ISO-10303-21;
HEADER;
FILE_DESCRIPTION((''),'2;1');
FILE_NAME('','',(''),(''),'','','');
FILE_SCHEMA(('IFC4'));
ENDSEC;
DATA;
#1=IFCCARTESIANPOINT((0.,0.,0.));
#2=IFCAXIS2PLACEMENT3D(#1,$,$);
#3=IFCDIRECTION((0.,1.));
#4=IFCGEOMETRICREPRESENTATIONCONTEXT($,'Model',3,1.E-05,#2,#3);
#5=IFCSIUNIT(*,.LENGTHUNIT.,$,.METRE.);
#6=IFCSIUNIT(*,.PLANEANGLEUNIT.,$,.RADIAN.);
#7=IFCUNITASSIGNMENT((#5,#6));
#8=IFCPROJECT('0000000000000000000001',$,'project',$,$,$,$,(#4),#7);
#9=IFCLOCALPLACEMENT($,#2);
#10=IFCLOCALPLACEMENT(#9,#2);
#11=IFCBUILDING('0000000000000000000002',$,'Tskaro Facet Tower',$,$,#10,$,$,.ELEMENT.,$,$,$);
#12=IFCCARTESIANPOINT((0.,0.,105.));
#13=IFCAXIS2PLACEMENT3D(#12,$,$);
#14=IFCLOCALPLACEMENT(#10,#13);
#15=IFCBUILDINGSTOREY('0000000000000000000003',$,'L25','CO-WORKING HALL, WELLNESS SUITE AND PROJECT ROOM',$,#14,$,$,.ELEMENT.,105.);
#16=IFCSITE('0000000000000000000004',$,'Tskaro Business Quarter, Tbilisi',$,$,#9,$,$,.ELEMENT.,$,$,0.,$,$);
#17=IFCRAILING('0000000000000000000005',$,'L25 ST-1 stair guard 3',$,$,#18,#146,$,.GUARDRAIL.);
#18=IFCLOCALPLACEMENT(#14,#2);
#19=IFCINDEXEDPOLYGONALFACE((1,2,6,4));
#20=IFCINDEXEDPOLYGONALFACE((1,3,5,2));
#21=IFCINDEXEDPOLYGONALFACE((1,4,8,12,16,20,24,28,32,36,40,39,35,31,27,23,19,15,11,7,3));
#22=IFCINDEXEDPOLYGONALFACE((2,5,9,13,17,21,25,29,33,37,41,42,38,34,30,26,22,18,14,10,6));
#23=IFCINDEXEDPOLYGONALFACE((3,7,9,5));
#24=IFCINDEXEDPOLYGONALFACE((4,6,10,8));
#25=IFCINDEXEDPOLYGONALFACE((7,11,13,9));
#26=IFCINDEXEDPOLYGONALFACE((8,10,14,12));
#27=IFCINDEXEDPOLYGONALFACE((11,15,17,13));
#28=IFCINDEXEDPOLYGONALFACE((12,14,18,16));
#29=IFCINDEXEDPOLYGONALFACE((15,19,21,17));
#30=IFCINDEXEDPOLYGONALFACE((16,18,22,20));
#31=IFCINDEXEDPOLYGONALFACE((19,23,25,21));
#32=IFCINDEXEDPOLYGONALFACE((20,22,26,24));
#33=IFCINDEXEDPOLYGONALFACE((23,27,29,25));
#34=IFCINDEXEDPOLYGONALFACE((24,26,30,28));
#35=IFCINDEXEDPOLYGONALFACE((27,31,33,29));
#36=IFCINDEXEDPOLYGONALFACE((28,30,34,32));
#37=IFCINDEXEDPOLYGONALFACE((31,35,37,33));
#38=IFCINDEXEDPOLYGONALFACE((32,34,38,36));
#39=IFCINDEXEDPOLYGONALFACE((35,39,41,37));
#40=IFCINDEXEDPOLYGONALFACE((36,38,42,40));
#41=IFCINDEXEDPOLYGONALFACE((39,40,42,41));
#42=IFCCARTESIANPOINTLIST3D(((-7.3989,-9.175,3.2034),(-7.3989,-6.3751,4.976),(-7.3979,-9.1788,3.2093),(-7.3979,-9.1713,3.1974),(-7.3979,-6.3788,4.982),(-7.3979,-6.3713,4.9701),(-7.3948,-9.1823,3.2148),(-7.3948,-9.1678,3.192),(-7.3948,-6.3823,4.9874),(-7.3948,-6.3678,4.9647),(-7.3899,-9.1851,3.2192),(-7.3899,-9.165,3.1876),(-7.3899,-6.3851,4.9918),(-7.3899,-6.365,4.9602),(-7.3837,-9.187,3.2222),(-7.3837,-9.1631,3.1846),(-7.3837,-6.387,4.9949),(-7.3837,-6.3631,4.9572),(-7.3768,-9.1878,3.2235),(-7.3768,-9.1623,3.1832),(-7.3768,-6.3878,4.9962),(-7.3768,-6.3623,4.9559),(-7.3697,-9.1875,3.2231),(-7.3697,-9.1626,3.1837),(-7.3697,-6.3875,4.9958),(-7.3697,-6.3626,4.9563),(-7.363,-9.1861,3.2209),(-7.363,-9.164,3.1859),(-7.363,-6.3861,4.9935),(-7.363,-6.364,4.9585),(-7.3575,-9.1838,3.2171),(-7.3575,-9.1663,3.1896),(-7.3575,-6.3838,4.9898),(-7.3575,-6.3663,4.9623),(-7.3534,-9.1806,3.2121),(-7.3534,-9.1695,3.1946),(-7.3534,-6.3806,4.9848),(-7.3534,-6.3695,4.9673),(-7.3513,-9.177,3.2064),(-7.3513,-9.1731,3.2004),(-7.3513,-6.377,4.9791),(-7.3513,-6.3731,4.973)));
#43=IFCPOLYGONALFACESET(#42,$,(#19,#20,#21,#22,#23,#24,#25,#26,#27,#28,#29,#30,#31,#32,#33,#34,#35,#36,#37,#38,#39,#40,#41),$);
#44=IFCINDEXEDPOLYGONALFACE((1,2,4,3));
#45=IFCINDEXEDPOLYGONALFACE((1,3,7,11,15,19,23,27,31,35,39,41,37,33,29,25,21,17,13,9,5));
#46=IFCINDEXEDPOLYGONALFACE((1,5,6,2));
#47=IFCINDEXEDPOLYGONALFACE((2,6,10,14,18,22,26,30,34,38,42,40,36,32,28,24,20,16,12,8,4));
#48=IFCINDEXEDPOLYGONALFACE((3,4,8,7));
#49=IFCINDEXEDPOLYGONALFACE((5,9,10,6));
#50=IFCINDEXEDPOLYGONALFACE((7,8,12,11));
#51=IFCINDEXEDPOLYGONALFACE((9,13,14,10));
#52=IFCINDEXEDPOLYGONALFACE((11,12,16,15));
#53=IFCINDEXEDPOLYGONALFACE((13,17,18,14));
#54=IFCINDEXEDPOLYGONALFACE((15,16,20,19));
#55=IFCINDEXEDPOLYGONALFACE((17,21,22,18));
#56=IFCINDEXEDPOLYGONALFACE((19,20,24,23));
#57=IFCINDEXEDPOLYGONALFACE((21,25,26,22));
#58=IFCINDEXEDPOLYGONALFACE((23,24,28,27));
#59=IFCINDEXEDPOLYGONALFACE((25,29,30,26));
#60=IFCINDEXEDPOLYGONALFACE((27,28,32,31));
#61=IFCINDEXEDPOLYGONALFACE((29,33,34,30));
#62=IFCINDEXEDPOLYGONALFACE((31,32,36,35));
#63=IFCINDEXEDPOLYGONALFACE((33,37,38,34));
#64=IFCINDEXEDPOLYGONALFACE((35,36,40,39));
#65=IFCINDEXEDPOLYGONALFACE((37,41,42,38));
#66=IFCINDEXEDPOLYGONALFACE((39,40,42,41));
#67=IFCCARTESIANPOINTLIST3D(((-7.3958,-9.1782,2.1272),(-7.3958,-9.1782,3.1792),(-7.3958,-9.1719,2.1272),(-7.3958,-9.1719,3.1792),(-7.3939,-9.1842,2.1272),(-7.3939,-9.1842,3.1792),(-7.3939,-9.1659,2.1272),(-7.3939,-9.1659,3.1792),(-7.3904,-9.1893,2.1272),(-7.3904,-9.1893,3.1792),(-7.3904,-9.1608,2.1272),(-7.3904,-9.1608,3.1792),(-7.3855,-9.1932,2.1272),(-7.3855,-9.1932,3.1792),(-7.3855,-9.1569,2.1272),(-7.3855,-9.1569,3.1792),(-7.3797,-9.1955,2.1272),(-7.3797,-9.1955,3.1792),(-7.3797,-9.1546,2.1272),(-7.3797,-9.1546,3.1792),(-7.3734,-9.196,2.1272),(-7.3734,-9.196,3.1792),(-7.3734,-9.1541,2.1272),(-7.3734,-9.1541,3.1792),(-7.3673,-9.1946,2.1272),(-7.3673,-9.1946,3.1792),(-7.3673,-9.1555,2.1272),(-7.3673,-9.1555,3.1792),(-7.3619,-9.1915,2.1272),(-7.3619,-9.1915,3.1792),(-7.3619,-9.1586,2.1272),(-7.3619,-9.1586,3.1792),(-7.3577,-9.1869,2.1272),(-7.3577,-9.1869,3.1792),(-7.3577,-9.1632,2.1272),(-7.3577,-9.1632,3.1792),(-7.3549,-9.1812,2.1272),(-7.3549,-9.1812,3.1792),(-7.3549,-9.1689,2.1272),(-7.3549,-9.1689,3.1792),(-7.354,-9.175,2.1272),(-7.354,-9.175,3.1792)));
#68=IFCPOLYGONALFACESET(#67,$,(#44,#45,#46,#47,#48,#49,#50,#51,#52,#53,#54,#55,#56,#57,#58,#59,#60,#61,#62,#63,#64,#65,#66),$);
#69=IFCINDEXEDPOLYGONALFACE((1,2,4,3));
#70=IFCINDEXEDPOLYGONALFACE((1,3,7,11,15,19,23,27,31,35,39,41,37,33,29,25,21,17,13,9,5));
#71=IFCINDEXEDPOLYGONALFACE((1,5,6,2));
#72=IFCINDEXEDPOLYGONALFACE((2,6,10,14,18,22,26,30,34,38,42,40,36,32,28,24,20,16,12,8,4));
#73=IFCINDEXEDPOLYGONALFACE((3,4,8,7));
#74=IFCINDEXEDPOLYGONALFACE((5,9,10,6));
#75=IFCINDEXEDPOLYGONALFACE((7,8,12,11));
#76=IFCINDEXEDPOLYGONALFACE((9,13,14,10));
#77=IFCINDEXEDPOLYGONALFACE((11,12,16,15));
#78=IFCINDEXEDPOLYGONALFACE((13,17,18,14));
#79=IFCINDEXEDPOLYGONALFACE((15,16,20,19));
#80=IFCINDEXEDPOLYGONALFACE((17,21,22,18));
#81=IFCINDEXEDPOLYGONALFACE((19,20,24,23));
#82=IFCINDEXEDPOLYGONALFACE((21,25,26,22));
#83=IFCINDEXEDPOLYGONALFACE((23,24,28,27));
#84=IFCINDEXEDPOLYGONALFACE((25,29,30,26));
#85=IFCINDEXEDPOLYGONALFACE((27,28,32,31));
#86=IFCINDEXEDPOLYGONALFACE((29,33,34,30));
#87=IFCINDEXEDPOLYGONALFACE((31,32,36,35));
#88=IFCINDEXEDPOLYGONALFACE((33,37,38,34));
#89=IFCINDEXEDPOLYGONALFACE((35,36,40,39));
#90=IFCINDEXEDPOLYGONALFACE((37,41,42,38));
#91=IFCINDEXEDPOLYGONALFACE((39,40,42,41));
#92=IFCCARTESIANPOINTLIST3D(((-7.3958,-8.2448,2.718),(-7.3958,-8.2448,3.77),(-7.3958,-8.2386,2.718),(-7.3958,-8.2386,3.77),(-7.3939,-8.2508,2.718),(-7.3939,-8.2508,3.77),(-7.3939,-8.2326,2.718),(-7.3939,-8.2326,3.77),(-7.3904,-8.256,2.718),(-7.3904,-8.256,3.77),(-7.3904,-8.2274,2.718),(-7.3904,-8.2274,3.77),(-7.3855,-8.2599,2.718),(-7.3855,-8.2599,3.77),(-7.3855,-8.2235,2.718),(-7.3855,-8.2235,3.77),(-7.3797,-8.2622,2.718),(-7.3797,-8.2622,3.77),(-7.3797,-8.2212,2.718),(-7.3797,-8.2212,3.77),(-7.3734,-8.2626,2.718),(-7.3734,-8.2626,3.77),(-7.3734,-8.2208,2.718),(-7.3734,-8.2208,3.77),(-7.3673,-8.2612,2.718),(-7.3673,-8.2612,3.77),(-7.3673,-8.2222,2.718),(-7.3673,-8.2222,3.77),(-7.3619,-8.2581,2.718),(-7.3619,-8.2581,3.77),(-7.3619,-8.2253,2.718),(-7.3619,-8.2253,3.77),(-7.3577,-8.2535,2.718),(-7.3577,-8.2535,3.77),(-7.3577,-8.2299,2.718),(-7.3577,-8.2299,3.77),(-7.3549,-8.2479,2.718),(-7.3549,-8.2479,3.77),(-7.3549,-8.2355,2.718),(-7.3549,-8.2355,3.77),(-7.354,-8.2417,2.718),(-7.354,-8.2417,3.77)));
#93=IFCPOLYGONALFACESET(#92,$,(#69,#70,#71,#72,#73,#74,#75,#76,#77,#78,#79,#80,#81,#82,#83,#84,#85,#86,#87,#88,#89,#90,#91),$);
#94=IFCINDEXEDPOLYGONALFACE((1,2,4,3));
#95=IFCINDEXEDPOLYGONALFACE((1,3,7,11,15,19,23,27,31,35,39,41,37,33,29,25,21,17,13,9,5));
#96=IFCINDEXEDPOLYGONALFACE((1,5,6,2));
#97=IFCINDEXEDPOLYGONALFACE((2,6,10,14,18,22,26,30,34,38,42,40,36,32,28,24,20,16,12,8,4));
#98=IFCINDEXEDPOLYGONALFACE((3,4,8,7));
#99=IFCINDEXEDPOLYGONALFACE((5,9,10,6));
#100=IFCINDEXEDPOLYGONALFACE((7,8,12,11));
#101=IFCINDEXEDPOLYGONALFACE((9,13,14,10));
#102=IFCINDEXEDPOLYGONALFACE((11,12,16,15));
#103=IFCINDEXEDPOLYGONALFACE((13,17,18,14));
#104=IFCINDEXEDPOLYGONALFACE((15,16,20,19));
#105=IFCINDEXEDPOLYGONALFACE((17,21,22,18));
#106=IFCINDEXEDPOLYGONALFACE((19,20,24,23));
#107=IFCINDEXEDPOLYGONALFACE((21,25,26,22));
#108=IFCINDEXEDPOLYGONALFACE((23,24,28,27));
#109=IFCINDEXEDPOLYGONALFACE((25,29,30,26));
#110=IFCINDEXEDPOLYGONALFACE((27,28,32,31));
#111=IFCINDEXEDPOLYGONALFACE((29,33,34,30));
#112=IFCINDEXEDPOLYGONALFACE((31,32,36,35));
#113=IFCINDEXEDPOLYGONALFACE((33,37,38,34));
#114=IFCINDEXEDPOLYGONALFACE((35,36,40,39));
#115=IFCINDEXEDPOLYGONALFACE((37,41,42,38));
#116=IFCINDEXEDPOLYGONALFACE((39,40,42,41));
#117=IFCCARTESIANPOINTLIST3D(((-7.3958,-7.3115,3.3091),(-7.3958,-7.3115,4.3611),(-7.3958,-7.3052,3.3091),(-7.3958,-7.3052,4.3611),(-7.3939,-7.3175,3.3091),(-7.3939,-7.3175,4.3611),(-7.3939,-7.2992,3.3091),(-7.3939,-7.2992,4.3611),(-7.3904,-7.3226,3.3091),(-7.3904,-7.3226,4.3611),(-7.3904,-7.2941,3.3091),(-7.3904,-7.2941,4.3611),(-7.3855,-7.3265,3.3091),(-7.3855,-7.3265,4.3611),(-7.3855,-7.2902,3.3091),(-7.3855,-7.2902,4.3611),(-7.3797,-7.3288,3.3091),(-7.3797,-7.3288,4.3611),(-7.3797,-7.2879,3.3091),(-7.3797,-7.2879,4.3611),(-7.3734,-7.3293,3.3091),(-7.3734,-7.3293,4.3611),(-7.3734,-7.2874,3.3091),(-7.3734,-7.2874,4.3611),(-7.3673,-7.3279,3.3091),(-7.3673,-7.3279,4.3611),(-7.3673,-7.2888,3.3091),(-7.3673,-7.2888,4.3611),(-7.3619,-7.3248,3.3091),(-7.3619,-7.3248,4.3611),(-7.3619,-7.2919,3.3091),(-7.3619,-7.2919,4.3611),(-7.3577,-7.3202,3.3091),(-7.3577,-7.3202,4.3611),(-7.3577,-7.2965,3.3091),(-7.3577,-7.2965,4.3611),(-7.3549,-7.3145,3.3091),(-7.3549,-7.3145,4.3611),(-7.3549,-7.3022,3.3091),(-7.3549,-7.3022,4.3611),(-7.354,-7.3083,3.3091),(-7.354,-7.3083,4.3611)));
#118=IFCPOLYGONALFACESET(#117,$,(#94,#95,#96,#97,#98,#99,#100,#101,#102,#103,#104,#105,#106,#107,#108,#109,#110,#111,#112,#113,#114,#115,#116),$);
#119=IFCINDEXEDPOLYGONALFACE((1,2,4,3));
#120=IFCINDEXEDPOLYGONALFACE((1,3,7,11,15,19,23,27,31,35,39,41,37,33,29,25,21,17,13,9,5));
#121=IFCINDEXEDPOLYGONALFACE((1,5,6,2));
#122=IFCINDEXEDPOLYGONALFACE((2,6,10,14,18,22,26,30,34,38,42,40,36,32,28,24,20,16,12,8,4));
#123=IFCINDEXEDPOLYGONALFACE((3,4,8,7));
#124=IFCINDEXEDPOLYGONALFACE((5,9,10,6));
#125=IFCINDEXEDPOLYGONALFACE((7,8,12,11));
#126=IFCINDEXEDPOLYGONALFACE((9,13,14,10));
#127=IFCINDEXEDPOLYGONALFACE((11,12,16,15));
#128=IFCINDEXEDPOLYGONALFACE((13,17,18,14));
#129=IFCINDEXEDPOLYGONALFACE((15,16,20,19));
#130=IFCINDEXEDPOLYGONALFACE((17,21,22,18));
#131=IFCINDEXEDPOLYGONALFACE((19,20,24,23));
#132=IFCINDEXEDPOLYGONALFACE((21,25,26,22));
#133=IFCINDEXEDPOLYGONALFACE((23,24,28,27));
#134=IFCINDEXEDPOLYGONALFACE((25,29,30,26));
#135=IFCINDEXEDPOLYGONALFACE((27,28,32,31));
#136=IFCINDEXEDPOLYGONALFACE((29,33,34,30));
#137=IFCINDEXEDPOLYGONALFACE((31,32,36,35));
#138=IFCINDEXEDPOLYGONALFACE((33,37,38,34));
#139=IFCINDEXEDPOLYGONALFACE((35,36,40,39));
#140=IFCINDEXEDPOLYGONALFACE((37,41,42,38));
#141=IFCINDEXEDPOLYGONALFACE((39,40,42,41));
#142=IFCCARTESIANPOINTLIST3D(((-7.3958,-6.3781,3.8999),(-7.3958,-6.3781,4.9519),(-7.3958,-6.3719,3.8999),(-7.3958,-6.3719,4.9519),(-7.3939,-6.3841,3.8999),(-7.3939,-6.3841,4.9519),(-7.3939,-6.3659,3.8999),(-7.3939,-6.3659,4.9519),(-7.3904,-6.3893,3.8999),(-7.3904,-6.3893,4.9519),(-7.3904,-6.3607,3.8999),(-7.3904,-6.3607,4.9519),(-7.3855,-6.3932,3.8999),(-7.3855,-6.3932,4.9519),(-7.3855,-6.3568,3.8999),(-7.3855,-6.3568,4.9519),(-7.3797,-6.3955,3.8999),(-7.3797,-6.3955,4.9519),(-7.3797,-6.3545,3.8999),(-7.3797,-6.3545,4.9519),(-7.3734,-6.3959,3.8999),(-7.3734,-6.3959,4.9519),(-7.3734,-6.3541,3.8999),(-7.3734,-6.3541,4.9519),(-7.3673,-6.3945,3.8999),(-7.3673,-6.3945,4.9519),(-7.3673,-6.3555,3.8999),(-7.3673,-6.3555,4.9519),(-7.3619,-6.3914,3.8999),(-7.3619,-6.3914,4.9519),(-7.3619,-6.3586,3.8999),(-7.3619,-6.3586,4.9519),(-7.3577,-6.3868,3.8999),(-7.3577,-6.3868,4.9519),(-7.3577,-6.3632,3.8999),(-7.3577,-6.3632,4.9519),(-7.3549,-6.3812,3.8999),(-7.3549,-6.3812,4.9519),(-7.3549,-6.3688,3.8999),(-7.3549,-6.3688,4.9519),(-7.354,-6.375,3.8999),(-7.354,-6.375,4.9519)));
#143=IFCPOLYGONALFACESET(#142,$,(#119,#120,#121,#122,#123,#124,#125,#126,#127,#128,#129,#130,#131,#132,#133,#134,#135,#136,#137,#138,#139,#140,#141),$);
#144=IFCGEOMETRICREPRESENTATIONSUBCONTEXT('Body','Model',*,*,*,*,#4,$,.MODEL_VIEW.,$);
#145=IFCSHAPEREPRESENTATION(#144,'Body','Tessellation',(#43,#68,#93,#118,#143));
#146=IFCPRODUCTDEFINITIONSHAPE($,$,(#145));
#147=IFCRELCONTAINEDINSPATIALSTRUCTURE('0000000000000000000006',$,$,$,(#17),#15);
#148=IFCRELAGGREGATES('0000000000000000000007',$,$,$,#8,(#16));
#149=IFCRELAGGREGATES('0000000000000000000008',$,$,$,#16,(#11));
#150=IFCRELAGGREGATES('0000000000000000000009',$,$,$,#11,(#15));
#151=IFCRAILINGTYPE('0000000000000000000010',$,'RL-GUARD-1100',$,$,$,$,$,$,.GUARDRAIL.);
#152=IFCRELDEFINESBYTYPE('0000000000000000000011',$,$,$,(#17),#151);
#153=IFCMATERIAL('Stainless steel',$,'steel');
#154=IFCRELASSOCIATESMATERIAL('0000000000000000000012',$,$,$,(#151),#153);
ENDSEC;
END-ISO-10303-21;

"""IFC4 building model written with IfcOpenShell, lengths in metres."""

from ifc_helpers import new_model, si_unit, direction, frame, origin, origin_2d, place, context, subcontext, project, spatial, circle, extrude, material, type_object, element, save


model = new_model("IFC4")

# Units and contexts
model_context = context("Model", 3, precision=1e-05, world=origin(), true_north=direction((0.0, 1.0)))
body_context = subcontext(model_context, "Body", "Model", "MODEL_VIEW")
ifc_project = project(units=[si_unit("LENGTHUNIT", "METRE"), si_unit("PLANEANGLEUNIT", "RADIAN")], contexts=[model_context])

# Site, building, storey
site_placement = place(None, origin())
site = spatial("IfcSite", under=ifc_project, at=site_placement, Name="Tskaro Business Quarter, Tbilisi", CompositionType="ELEMENT", RefElevation=0.0)
building_placement = place(site_placement, origin())
building = spatial("IfcBuilding", under=site, at=building_placement, Name="Tskaro Facet Tower", CompositionType="ELEMENT")
storey_placement = place(building_placement, frame((0.0, 0.0, 105.0)))
storey = spatial("IfcBuildingStorey", under=building, at=storey_placement, Name="L25", Description="CO-WORKING HALL, WELLNESS SUITE AND PROJECT ROOM", CompositionType="ELEMENT", Elevation=105.0)

# Shared definitions
ifc_material_1 = material(Name="Stainless steel", Category="steel")

# Railing
railing_type_1 = type_object("IfcRailingType", Name="RL-GUARD-1100", PredefinedType="GUARDRAIL", material=ifc_material_1)
railing_1_placement = place(storey_placement, frame((-7.375, -9.175, 2.1272)))
element("IfcRailing", 1, at=railing_1_placement, inside=storey, type_object=railing_type_1, Name="L25 ST-1 stair guard 3", PredefinedType="GUARDRAIL", context=body_context, shape_type="SweptSolid", body=[
    extrude(circle(Radius=0.0239, at=origin_2d()), frame((0.0, 0.0, 1.0762), z_axis=(0.0, 0.844909, 0.53491), x_axis=(-1.0, 0.0, 0.0)), (0.0, 0.0, 1.0), 3.314),
    extrude(circle(Radius=0.021, at=origin_2d()), origin(), (0.0, 0.0, 1.0), 1.052),
    extrude(circle(Radius=0.021, at=origin_2d()), frame((0.0, 0.9333, 0.5908)), (0.0, 0.0, 1.0), 1.052),
    extrude(circle(Radius=0.021, at=origin_2d()), frame((0.0, 1.8667, 1.1819)), (0.0, 0.0, 1.0), 1.052),
    extrude(circle(Radius=0.021, at=origin_2d()), frame((0.0, 2.8, 1.7727)), (0.0, 0.0, 1.0), 1.052),
])

save(model, "model.ifc")
